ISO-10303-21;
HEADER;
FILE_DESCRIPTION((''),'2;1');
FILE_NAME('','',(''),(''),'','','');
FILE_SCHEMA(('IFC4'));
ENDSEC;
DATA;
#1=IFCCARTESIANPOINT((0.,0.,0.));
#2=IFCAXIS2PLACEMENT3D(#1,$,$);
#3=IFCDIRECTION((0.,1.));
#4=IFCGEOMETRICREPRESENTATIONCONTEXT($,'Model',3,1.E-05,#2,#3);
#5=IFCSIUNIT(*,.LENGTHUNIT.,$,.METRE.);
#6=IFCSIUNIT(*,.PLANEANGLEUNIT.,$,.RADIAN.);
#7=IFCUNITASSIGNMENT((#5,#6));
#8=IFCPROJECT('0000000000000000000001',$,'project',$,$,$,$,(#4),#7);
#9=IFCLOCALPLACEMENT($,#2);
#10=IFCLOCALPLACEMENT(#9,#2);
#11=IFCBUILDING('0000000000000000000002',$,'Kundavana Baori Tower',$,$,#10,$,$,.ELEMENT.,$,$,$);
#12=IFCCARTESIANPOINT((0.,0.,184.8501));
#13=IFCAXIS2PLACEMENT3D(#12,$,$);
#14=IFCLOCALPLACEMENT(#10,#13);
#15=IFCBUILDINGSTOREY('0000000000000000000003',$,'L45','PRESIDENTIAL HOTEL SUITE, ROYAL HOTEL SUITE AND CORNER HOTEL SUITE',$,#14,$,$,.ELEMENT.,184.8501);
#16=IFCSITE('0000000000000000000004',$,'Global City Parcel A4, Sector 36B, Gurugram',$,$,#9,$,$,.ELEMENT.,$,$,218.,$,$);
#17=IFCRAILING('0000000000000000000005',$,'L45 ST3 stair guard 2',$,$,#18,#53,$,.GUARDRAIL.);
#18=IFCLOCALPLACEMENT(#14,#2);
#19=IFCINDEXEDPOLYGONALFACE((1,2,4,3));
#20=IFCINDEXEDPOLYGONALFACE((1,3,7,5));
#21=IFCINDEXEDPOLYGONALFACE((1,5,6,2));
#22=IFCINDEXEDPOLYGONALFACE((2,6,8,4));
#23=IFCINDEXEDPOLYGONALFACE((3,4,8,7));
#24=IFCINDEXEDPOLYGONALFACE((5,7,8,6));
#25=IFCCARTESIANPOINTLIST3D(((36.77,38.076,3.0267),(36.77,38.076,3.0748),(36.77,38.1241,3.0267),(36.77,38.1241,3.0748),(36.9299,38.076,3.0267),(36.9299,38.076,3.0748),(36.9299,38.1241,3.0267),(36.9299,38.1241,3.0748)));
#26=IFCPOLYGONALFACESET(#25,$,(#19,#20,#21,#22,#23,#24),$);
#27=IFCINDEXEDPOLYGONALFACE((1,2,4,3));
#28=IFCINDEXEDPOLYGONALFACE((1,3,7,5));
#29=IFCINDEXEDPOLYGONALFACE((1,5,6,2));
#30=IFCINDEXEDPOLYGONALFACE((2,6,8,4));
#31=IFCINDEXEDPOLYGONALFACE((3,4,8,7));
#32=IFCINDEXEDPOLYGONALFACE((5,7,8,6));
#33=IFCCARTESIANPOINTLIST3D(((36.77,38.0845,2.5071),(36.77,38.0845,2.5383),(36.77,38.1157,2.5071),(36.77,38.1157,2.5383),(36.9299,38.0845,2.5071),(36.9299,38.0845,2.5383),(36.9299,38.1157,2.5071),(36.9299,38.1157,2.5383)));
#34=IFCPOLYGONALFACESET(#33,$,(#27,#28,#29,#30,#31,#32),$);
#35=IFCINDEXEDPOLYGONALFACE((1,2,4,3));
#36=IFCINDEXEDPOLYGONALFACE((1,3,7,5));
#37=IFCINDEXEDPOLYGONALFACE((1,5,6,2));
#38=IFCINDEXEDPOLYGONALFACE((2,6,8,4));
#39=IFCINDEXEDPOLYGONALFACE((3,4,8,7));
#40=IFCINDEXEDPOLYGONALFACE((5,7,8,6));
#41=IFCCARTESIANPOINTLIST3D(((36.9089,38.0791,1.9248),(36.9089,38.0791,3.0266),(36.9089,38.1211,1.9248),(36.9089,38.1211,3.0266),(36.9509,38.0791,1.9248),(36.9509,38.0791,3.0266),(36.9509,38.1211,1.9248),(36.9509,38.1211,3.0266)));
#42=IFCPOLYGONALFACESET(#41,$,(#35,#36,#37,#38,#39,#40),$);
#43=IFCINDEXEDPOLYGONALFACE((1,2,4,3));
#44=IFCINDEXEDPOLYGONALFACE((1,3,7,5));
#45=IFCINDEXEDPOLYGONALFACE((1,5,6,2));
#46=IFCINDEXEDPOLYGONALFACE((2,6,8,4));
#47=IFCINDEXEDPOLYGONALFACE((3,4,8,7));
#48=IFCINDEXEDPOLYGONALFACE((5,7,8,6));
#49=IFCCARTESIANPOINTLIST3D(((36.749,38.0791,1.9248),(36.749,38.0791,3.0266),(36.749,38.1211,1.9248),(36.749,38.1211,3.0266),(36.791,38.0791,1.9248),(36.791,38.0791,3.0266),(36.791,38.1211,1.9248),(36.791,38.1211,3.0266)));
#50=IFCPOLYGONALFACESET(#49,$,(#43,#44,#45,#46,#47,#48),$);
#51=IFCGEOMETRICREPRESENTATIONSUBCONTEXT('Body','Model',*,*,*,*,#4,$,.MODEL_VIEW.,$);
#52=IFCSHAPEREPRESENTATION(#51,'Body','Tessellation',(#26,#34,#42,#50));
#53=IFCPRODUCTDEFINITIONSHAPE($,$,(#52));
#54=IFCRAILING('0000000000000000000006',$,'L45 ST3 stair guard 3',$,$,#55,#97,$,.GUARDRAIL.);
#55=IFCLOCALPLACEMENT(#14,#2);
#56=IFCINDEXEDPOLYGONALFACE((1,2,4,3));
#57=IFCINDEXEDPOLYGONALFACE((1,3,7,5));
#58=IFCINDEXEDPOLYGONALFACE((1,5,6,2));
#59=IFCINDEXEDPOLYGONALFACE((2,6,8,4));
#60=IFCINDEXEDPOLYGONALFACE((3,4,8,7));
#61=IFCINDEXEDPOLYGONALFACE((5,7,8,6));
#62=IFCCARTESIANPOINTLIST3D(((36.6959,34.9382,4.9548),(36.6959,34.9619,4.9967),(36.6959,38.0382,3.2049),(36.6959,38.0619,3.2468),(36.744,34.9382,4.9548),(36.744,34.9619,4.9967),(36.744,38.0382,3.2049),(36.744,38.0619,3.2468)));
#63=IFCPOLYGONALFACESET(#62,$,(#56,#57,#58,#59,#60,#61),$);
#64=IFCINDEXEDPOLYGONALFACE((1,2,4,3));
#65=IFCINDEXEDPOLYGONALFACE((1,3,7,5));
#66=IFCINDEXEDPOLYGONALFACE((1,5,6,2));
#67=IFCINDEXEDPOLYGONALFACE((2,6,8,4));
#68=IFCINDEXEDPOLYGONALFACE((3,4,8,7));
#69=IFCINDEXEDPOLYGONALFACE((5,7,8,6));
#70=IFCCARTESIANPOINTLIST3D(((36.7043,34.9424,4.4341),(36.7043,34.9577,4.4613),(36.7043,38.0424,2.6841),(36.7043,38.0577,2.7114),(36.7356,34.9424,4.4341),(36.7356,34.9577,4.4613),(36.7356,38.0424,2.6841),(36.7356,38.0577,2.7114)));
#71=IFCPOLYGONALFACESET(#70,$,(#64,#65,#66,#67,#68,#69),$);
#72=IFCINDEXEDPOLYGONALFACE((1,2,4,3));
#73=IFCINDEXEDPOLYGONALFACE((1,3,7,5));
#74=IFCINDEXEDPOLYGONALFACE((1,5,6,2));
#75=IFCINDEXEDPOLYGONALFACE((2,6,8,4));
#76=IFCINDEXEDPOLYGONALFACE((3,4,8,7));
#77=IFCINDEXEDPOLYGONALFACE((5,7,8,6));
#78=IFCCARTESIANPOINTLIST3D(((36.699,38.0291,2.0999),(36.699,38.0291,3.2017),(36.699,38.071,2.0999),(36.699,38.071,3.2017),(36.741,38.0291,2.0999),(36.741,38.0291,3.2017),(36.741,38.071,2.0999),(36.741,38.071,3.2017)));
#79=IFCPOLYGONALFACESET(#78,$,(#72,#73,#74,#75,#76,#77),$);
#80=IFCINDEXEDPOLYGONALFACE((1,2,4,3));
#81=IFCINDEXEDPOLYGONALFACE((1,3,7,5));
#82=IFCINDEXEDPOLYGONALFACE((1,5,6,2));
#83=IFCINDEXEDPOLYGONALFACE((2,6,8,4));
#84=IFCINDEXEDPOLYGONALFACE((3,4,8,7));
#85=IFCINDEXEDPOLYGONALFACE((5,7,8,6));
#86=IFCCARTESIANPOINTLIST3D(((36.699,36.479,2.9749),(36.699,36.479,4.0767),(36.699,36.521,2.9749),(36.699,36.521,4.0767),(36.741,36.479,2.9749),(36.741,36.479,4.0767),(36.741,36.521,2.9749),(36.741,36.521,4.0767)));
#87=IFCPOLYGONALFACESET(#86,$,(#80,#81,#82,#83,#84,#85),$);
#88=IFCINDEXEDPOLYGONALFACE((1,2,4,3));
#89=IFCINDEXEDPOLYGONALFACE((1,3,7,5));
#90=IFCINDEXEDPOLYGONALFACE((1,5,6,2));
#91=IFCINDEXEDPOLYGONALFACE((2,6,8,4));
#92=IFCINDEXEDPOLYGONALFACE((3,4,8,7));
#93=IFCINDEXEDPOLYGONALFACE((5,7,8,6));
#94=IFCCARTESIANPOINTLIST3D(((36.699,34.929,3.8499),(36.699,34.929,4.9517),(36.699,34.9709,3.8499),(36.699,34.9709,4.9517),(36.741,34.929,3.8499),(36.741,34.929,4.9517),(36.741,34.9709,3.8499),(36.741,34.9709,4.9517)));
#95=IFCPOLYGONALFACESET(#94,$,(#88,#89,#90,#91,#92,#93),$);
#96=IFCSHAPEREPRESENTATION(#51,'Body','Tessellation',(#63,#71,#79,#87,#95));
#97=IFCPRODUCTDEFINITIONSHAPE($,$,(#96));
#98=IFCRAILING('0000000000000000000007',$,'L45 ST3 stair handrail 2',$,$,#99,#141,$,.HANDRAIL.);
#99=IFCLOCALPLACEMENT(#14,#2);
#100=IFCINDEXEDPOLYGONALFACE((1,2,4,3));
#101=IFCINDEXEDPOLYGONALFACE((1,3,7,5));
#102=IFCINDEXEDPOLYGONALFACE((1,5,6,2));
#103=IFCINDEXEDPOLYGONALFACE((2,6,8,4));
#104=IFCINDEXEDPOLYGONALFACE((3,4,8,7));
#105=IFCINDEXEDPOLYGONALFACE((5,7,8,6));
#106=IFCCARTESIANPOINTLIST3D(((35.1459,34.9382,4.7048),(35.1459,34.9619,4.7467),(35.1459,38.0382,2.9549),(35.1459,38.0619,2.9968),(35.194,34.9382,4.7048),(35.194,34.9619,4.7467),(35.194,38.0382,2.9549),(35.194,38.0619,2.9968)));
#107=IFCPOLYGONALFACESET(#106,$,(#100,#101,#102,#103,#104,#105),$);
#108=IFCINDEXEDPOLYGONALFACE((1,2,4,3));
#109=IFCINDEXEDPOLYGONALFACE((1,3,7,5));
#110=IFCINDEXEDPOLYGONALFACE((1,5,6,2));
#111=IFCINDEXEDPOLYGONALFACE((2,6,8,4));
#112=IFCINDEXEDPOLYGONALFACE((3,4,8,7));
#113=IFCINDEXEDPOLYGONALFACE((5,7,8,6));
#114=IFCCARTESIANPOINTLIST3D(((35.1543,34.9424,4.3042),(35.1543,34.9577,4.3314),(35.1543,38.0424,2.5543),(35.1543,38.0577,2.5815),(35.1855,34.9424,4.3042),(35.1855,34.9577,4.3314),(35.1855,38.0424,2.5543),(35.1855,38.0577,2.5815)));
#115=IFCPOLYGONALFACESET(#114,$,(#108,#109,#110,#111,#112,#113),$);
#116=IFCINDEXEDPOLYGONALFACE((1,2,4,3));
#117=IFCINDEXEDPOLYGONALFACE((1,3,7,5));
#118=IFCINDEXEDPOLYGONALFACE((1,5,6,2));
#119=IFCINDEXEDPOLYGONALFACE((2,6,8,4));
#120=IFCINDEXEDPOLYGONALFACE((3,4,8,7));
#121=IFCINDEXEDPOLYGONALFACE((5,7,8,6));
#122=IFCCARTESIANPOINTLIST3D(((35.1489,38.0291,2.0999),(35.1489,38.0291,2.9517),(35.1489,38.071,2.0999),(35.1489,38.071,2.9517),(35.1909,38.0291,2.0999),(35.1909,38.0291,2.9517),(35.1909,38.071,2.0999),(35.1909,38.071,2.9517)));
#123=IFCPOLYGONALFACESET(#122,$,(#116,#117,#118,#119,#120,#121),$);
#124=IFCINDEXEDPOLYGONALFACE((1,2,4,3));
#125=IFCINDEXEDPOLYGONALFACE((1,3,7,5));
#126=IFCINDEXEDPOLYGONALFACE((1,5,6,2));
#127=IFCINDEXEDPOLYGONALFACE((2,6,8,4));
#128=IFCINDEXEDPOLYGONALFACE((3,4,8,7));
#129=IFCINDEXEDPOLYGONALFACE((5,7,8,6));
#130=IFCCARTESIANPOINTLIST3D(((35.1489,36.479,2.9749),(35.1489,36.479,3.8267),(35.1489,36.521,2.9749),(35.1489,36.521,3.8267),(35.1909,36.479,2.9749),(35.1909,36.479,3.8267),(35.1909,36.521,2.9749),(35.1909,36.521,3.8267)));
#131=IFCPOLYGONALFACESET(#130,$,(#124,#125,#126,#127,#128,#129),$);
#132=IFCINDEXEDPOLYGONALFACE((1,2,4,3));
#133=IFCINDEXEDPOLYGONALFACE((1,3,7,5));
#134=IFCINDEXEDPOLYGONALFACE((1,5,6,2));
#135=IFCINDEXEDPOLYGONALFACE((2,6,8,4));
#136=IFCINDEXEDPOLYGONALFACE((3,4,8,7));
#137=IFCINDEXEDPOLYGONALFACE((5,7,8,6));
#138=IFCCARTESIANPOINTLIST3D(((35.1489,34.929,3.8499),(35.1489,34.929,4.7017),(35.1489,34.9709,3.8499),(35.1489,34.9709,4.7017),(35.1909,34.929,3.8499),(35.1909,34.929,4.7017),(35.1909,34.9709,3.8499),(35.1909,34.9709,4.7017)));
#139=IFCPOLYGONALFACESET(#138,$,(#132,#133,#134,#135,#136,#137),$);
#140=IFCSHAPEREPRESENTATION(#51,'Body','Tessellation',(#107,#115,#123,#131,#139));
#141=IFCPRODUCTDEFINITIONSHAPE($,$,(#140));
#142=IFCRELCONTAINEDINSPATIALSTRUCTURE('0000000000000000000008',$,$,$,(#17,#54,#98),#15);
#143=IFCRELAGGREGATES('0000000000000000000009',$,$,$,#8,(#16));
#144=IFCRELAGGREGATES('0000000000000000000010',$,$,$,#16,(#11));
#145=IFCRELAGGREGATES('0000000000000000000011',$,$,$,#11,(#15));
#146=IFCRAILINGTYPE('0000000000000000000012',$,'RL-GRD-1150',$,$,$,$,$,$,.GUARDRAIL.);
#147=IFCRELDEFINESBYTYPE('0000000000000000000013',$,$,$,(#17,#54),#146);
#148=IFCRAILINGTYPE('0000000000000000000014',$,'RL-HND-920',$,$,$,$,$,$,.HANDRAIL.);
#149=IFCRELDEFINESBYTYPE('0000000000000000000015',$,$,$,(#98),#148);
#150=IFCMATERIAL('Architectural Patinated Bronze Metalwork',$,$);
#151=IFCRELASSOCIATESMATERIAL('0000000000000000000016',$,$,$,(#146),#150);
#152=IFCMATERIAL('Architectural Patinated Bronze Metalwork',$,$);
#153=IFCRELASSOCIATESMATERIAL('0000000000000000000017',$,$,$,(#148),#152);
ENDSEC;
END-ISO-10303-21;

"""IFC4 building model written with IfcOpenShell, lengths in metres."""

from ifc_helpers import new_model, si_unit, direction, frame, origin, origin_2d, place, context, subcontext, project, spatial, rectangle, extrude, material, type_object, element, save


model = new_model("IFC4")

# Units and contexts
model_context = context("Model", 3, precision=1e-05, world=origin(), true_north=direction((0.0, 1.0)))
body_context = subcontext(model_context, "Body", "Model", "MODEL_VIEW")
ifc_project = project(units=[si_unit("LENGTHUNIT", "METRE"), si_unit("PLANEANGLEUNIT", "RADIAN")], contexts=[model_context])

# Site, building, storey
site_placement = place(None, origin())
site = spatial("IfcSite", under=ifc_project, at=site_placement, Name="Global City Parcel A4, Sector 36B, Gurugram", CompositionType="ELEMENT", RefElevation=218.0)
building_placement = place(site_placement, origin())
building = spatial("IfcBuilding", under=site, at=building_placement, Name="Kundavana Baori Tower", CompositionType="ELEMENT")
storey_placement = place(building_placement, frame((0.0, 0.0, 184.8501)))
storey = spatial("IfcBuildingStorey", under=building, at=storey_placement, Name="L45", Description="PRESIDENTIAL HOTEL SUITE, ROYAL HOTEL SUITE AND CORNER HOTEL SUITE", CompositionType="ELEMENT", Elevation=184.8501)

# Railings
ifc_material_1 = material(Name="Architectural Patinated Bronze Metalwork")
railing_type_1 = type_object("IfcRailingType", Name="RL-GRD-1150", PredefinedType="GUARDRAIL", material=ifc_material_1)
railing_1_placement = place(storey_placement, frame((36.9299, 38.1001, 1.9248)))
element("IfcRailing", 1, at=railing_1_placement, inside=storey, type_object=railing_type_1, Name="L45 ST3 stair guard 2", PredefinedType="GUARDRAIL", context=body_context, shape_type="SweptSolid", body=[
    extrude(rectangle(XDim=0.0481, YDim=0.0481, at=origin_2d()), frame((0.0, 0.0, 1.126), z_axis=(-1.0, 0.0, 0.0), x_axis=(0.0, -1.0, 0.0)), (0.0, 0.0, 1.0), 0.1599),
    extrude(rectangle(XDim=0.0312, YDim=0.0312, at=origin_2d()), frame((0.0, 0.0, 0.5979), z_axis=(-1.0, 0.0, 0.0), x_axis=(0.0, -1.0, 0.0)), (0.0, 0.0, 1.0), 0.1599),
    extrude(rectangle(XDim=0.042, YDim=0.042, at=origin_2d()), origin(), (0.0, 0.0, 1.0), 1.1018),
    extrude(rectangle(XDim=0.042, YDim=0.042, at=origin_2d()), frame((-0.1599, 0.0, 0.0)), (0.0, 0.0, 1.0), 1.1018),
])
railing_2_placement = place(storey_placement, frame((36.72, 38.05, 2.0999)))
element("IfcRailing", 2, at=railing_2_placement, inside=storey, type_object=railing_type_1, Name="L45 ST3 stair guard 3", PredefinedType="GUARDRAIL", context=body_context, shape_type="SweptSolid", body=[
    extrude(rectangle(XDim=0.0481, YDim=0.0481, at=origin_2d()), frame((0.0, 0.0, 1.126), z_axis=(0.0, -0.870831, 0.491583), x_axis=(1.0, 0.0, 0.0)), (0.0, 0.0, 1.0), 3.5598),
    extrude(rectangle(XDim=0.0312, YDim=0.0312, at=origin_2d()), frame((0.0, 0.0, 0.5979), z_axis=(0.0, -0.870831, 0.491583), x_axis=(1.0, 0.0, 0.0)), (0.0, 0.0, 1.0), 3.5598),
    extrude(rectangle(XDim=0.042, YDim=0.042, at=origin_2d()), origin(), (0.0, 0.0, 1.0), 1.1018),
    extrude(rectangle(XDim=0.042, YDim=0.042, at=origin_2d()), frame((0.0, -1.55, 0.875)), (0.0, 0.0, 1.0), 1.1018),
    extrude(rectangle(XDim=0.042, YDim=0.042, at=origin_2d()), frame((0.0, -3.1001, 1.75)), (0.0, 0.0, 1.0), 1.1018),
])
ifc_material_2 = material(Name="Architectural Patinated Bronze Metalwork")
railing_type_2 = type_object("IfcRailingType", Name="RL-HND-920", PredefinedType="HANDRAIL", material=ifc_material_2)
railing_3_placement = place(storey_placement, frame((35.1699, 38.05, 2.0999)))
element("IfcRailing", 3, at=railing_3_placement, inside=storey, type_object=railing_type_2, Name="L45 ST3 stair handrail 2", PredefinedType="HANDRAIL", context=body_context, shape_type="SweptSolid", body=[
    extrude(rectangle(XDim=0.0481, YDim=0.0481, at=origin_2d()), frame((0.0, 0.0, 0.876), z_axis=(0.0, -0.870831, 0.491583), x_axis=(1.0, 0.0, 0.0)), (0.0, 0.0, 1.0), 3.5598),
    extrude(rectangle(XDim=0.0312, YDim=0.0312, at=origin_2d()), frame((0.0, 0.0, 0.468), z_axis=(0.0, -0.870831, 0.491583), x_axis=(1.0, 0.0, 0.0)), (0.0, 0.0, 1.0), 3.5598),
    extrude(rectangle(XDim=0.042, YDim=0.042, at=origin_2d()), origin(), (0.0, 0.0, 1.0), 0.8518),
    extrude(rectangle(XDim=0.042, YDim=0.042, at=origin_2d()), frame((0.0, -1.55, 0.875)), (0.0, 0.0, 1.0), 0.8518),
    extrude(rectangle(XDim=0.042, YDim=0.042, at=origin_2d()), frame((0.0, -3.1001, 1.75)), (0.0, 0.0, 1.0), 0.8518),
])

save(model, "model.ifc")
